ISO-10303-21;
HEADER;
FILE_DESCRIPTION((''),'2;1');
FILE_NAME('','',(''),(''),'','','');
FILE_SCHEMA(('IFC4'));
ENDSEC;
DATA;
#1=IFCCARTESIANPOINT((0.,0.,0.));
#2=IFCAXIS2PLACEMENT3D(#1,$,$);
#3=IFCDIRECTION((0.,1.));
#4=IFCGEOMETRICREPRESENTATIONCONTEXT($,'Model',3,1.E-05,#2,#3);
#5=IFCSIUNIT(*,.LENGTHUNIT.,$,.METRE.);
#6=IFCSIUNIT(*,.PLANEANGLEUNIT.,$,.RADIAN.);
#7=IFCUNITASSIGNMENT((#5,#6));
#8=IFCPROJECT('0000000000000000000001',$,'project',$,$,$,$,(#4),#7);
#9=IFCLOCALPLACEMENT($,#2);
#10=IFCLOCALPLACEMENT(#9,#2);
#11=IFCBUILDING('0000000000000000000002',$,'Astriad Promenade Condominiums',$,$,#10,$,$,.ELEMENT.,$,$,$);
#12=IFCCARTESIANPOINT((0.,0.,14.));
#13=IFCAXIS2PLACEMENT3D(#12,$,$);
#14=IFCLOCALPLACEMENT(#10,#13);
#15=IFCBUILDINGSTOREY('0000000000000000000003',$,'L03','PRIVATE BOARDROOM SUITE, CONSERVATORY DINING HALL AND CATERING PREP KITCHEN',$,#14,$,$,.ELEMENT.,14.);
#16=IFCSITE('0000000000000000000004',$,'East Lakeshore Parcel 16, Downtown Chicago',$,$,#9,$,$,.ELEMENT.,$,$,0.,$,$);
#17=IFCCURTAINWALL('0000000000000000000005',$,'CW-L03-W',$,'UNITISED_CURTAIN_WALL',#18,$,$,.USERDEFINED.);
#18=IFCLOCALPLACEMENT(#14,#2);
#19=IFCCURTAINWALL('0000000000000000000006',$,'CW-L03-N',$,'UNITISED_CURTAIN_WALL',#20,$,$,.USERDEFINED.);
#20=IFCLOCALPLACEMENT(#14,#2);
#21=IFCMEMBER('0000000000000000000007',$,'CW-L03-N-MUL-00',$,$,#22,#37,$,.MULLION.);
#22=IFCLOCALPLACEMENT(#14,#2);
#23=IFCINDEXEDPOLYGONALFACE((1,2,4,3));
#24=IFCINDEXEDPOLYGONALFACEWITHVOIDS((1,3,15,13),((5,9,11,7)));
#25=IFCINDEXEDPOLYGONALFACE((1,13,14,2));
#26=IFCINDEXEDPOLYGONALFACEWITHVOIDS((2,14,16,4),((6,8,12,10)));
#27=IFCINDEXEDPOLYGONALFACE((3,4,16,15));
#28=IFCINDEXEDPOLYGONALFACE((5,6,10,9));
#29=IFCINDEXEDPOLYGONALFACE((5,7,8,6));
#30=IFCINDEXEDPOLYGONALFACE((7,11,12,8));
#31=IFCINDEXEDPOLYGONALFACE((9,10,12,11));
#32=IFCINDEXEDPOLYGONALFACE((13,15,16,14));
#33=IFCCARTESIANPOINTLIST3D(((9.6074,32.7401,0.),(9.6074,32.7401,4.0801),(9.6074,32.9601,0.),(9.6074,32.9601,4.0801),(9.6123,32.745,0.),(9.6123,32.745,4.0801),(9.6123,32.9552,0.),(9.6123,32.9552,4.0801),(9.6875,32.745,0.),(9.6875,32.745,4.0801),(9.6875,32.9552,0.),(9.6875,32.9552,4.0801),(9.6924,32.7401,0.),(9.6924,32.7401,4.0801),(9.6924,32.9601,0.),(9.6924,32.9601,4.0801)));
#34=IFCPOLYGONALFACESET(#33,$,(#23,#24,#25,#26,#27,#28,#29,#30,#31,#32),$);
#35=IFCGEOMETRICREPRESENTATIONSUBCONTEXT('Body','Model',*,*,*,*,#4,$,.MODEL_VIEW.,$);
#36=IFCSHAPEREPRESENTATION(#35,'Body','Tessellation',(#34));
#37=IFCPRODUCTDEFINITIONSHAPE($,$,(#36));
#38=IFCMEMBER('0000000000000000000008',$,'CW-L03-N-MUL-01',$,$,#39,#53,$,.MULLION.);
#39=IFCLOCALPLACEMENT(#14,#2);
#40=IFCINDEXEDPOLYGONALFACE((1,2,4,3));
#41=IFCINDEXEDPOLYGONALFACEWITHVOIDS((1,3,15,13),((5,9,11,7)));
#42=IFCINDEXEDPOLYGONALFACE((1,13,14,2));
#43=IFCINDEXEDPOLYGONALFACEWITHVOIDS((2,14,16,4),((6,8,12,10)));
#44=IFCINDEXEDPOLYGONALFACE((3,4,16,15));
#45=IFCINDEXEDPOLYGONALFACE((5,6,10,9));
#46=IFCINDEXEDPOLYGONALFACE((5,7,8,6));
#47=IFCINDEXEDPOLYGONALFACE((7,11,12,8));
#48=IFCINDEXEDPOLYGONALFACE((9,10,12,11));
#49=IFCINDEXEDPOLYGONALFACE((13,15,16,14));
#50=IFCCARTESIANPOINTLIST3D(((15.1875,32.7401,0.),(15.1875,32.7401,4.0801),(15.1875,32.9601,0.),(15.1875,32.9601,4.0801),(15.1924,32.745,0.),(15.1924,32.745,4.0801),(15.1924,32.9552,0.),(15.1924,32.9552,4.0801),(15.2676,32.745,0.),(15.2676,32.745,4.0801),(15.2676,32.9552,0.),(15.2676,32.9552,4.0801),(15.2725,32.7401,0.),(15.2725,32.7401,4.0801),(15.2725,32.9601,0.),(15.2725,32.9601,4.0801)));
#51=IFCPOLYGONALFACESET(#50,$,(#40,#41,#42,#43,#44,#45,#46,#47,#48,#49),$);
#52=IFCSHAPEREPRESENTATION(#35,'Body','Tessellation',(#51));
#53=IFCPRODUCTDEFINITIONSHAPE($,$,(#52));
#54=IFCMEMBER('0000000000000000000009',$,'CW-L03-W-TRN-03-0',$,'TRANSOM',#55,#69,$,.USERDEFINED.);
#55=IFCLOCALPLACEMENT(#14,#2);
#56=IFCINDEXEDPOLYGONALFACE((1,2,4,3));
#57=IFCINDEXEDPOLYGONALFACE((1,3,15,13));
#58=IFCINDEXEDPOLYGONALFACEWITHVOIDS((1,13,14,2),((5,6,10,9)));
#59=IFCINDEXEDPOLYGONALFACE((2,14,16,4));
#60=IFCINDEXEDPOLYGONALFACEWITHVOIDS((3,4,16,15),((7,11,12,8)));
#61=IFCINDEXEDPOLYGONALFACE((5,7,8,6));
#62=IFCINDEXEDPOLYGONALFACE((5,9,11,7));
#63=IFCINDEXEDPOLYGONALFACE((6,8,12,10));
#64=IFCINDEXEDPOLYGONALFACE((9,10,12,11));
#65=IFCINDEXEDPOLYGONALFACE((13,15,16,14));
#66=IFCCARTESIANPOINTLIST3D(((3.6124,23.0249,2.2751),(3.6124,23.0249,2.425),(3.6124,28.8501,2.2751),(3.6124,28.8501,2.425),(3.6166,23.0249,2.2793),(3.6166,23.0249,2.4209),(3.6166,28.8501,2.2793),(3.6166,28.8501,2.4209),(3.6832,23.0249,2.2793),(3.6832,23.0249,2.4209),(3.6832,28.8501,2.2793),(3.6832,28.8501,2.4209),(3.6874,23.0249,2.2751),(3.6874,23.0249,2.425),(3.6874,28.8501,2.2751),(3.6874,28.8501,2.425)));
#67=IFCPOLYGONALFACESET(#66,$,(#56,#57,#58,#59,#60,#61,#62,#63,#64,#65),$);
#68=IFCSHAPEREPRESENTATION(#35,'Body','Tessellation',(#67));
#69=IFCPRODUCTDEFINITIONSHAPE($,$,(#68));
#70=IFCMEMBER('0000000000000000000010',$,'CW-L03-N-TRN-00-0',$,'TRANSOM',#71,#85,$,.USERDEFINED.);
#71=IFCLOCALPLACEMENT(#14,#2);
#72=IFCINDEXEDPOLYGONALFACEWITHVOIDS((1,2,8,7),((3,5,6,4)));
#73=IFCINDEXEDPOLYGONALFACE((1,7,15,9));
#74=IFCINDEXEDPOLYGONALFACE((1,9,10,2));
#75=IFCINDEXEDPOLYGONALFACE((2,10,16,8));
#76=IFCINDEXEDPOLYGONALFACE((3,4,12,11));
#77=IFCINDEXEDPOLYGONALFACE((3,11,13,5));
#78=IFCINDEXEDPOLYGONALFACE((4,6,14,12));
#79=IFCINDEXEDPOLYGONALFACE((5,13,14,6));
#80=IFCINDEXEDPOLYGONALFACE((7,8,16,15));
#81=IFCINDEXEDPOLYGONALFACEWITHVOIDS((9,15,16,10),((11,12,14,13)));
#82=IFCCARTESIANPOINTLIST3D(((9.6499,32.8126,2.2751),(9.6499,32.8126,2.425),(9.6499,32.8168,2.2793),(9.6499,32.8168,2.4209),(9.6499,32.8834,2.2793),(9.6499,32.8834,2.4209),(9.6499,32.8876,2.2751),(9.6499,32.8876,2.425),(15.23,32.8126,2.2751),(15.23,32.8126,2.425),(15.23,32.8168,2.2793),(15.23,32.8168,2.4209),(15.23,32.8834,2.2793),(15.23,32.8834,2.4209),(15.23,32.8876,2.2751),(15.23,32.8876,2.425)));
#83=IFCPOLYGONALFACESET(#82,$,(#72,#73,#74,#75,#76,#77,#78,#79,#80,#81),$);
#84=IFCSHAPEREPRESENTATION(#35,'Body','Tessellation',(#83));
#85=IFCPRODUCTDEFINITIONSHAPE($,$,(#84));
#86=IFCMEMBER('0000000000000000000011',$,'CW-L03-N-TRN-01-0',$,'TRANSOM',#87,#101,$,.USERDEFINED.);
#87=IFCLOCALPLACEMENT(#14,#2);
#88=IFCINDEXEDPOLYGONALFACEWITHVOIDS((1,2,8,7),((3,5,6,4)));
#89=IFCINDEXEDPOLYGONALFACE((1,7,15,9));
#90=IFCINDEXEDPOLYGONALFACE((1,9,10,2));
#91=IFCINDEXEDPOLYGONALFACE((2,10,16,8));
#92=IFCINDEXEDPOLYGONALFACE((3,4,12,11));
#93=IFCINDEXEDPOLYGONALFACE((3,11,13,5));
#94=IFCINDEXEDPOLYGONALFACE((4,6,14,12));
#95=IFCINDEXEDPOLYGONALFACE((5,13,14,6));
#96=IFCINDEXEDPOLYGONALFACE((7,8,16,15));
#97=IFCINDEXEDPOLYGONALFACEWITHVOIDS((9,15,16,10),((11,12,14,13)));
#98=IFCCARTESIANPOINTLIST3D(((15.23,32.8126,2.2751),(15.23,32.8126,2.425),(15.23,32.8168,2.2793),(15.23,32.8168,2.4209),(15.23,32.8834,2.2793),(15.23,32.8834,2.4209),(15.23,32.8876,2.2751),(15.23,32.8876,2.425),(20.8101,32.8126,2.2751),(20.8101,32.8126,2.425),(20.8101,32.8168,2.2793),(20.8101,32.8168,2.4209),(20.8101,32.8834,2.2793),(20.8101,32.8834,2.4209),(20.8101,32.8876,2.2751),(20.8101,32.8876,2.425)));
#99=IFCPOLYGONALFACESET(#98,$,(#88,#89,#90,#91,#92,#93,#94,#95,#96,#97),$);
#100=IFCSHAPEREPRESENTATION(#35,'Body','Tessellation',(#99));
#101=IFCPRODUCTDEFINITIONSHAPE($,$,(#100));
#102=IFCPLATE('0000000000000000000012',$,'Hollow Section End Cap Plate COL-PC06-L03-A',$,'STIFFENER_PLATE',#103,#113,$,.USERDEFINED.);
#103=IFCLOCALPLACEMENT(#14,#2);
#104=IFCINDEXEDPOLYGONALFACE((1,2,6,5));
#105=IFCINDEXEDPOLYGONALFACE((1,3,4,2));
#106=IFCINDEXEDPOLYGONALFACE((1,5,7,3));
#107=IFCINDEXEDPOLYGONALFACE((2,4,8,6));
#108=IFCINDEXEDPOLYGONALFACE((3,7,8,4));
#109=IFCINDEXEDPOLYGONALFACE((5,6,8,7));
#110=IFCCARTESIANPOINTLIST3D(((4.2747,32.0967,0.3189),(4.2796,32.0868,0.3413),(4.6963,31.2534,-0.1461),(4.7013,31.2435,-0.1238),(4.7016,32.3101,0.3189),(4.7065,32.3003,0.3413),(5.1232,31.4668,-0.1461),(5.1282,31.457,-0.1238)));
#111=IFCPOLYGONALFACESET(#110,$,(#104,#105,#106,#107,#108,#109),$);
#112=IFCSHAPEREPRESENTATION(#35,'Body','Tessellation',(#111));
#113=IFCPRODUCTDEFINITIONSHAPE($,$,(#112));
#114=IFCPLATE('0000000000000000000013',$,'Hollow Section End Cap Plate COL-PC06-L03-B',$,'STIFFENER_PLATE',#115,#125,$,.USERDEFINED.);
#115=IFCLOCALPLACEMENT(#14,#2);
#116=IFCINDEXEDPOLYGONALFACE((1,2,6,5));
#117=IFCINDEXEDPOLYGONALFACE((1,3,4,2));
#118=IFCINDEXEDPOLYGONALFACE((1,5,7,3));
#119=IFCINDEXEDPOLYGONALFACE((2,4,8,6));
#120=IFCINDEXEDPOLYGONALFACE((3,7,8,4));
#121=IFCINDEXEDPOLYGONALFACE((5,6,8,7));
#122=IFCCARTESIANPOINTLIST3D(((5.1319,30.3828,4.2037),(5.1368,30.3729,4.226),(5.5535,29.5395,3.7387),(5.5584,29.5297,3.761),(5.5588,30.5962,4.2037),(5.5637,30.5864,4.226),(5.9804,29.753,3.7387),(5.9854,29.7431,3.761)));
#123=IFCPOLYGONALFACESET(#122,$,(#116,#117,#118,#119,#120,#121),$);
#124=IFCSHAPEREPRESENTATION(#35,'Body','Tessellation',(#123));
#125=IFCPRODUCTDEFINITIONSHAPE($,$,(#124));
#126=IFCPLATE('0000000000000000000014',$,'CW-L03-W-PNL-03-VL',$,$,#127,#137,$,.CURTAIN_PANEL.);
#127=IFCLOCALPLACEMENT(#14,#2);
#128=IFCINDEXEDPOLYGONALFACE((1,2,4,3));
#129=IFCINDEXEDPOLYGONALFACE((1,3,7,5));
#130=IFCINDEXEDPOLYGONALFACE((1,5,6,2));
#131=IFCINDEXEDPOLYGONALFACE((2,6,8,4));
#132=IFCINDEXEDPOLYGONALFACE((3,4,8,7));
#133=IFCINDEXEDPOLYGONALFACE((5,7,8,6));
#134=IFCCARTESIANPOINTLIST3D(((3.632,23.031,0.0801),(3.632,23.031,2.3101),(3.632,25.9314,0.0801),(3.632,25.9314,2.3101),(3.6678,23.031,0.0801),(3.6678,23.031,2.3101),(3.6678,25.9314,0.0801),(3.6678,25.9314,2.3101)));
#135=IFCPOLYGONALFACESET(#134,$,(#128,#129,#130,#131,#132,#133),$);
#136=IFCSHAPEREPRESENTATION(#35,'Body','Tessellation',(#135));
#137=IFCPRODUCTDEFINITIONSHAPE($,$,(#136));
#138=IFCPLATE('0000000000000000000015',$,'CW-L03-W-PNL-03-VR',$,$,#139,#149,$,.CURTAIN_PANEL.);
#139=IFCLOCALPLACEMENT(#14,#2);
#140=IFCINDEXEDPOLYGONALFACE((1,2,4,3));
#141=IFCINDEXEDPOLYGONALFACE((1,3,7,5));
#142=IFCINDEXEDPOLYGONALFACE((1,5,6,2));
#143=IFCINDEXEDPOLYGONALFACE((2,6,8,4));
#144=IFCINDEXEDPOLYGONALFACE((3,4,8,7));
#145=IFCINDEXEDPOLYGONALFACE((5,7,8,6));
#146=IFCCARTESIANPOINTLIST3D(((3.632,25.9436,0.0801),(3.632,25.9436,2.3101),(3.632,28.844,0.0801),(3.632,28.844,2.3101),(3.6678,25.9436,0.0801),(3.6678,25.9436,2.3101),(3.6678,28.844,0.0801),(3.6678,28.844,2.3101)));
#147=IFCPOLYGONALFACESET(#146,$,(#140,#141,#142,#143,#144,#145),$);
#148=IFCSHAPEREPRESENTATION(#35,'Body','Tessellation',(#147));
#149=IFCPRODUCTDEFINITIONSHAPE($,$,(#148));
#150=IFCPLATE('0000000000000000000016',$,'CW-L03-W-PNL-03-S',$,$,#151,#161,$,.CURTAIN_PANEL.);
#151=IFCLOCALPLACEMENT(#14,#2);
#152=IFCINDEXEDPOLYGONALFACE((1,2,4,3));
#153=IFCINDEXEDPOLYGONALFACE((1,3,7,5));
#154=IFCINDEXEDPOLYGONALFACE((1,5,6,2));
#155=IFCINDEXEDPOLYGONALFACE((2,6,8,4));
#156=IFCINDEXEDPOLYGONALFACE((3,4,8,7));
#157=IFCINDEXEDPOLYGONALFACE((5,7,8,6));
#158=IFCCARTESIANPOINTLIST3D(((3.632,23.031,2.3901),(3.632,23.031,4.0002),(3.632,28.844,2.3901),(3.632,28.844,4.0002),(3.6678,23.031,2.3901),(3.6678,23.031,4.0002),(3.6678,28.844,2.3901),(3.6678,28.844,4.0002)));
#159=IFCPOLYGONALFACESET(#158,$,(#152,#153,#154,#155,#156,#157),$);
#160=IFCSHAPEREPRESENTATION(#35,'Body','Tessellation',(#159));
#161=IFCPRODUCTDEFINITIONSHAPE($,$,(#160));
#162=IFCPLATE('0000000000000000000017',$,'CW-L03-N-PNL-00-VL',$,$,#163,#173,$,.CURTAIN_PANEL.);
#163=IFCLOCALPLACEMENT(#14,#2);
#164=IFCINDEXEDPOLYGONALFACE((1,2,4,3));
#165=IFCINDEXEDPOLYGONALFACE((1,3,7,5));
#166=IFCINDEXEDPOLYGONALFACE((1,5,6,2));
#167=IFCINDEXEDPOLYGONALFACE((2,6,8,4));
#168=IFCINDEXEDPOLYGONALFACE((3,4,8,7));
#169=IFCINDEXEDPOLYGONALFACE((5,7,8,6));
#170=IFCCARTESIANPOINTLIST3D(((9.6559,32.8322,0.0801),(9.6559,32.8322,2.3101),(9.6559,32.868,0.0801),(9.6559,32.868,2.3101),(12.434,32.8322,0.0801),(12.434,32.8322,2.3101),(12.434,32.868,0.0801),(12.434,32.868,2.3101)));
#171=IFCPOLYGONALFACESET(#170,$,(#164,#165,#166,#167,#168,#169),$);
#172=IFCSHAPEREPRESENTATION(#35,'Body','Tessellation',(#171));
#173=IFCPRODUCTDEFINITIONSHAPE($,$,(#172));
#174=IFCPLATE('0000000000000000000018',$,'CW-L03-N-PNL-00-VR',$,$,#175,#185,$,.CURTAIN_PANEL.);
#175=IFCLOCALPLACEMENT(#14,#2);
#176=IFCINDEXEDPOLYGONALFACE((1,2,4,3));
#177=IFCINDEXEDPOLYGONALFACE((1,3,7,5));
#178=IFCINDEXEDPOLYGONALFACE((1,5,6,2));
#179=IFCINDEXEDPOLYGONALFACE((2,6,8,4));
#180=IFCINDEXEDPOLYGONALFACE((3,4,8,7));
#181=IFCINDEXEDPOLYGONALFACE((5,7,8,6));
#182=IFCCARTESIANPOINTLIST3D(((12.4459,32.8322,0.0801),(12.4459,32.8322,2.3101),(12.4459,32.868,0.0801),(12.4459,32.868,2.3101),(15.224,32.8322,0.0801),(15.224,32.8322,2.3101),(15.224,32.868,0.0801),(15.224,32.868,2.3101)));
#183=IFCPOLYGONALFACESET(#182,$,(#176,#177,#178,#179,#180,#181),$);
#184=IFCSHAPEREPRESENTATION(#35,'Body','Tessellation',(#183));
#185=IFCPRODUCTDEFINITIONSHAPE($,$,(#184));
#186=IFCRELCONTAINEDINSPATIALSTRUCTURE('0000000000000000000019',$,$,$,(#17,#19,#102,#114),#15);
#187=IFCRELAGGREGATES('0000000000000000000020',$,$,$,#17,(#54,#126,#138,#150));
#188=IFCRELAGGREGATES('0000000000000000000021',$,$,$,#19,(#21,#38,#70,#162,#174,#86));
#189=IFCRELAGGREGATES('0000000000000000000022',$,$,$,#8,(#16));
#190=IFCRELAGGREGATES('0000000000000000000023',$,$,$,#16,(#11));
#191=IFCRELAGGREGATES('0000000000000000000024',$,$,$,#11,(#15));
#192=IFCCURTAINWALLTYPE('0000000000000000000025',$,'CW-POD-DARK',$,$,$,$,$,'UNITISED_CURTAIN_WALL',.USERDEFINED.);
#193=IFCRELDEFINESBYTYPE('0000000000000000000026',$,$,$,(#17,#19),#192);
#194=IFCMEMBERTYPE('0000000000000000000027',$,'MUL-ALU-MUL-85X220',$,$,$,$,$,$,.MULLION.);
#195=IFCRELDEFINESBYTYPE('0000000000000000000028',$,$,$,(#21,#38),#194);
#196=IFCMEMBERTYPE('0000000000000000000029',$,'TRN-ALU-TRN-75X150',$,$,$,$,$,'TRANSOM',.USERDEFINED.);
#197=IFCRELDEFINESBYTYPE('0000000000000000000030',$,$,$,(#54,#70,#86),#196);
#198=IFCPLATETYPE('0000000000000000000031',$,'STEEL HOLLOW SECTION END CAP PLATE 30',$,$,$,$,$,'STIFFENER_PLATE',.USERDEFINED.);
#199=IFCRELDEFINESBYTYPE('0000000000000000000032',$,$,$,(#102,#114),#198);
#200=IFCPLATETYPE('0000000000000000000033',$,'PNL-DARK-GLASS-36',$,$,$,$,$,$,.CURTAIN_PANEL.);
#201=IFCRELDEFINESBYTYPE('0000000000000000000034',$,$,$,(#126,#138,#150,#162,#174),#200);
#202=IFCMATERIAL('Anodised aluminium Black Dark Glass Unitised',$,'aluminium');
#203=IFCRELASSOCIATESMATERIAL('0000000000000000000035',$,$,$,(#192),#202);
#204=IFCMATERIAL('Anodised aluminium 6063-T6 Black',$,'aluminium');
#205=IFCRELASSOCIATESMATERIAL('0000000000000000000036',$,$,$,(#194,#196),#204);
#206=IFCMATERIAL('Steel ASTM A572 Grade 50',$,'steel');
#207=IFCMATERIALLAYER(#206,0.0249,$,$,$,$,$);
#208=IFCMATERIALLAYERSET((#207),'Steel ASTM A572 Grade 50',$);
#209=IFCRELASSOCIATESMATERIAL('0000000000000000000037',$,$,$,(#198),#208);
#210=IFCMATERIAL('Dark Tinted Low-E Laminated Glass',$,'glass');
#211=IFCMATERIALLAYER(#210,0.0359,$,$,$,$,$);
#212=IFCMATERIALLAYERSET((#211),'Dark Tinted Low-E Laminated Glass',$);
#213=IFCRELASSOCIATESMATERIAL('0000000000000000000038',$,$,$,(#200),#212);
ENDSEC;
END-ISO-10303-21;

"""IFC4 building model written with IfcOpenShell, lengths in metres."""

from ifc_helpers import new_model, si_unit, direction, frame, origin, origin_2d, place, context, subcontext, project, spatial, rectangle, hollow_rectangle, extrude, source, transform, mapped, material, layer, layer_set, material_profile, profile_set, type_object, type_shapes, element, aggregate, save


model = new_model("IFC4")

# Units and contexts
model_context = context("Model", 3, precision=1e-05, world=origin(), true_north=direction((0.0, 1.0)))
body_context = subcontext(model_context, "Body", "Model", "MODEL_VIEW")
ifc_project = project(units=[si_unit("LENGTHUNIT", "METRE"), si_unit("PLANEANGLEUNIT", "RADIAN")], contexts=[model_context])

# Site, building, storey
site_placement = place(None, origin())
site = spatial("IfcSite", under=ifc_project, at=site_placement, Name="East Lakeshore Parcel 16, Downtown Chicago", CompositionType="ELEMENT", RefElevation=0.0)
building_placement = place(site_placement, origin())
building = spatial("IfcBuilding", under=site, at=building_placement, Name="Astriad Promenade Condominiums", CompositionType="ELEMENT")
storey_placement = place(building_placement, frame((0.0, 0.0, 14.0)))
storey = spatial("IfcBuildingStorey", under=building, at=storey_placement, Name="L03", Description="PRIVATE BOARDROOM SUITE, CONSERVATORY DINING HALL AND CATERING PREP KITCHEN", CompositionType="ELEMENT", Elevation=14.0)

# Curtain walls, members
ifc_material_1 = material(Name="Anodised aluminium Black Dark Glass Unitised", Category="aluminium")
curtain_wall_type = type_object("IfcCurtainWallType", Name="CW-POD-DARK", ElementType="UNITISED_CURTAIN_WALL", PredefinedType="USERDEFINED", material=ifc_material_1)
curtain_wall_1_placement = place(storey_placement, origin())
curtain_wall_1 = element("IfcCurtainWall", 1, at=curtain_wall_1_placement, inside=storey, type_object=curtain_wall_type, Name="CW-L03-W", ObjectType="UNITISED_CURTAIN_WALL", PredefinedType="USERDEFINED")
ifc_material_2 = material(Name="Anodised aluminium 6063-T6 Black", Category="aluminium")
ifc_material_profile_1 = material_profile(ifc_material_2, hollow_rectangle(XDim=0.085, YDim=0.22, WallThickness=0.0049, at=origin_2d()), Name="ALU-MUL-85X220")
ifc_profile_set_1 = profile_set([ifc_material_profile_1], Name="Anodised aluminium 6063-T6 Black")
member_type_1 = type_object("IfcMemberType", Name="MUL-ALU-MUL-85X220", PredefinedType="MULLION", material=ifc_profile_set_1)
shared_shape_1 = source(origin(), body_context, "Body", "SweptSolid", [
    extrude(hollow_rectangle(XDim=0.085, YDim=0.22, WallThickness=0.0049, at=origin_2d()), origin(), (0.0, 0.0, 1.0), 4.0801),
])
type_shapes(member_type_1, [shared_shape_1])
curtain_wall_2_placement = place(storey_placement, origin())
curtain_wall_2 = element("IfcCurtainWall", 2, at=curtain_wall_2_placement, inside=storey, type_object=curtain_wall_type, Name="CW-L03-N", ObjectType="UNITISED_CURTAIN_WALL", PredefinedType="USERDEFINED")
member_1_placement = place(storey_placement, frame((9.6499, 32.8501, 0.0), z_axis=(0.0, 0.0, 1.0), x_axis=(1.0, 0.0, 0.0)))
member_1 = element("IfcMember", 3, at=member_1_placement, type_object=member_type_1, Name="CW-L03-N-MUL-00", PredefinedType="MULLION", context=body_context, shape_type="MappedRepresentation", body=[
    mapped(shared_shape_1, transform((0.0, 0.0, 0.0), scale=1.0)),
])
member_2_placement = place(storey_placement, frame((15.23, 32.8501, 0.0), z_axis=(0.0, 0.0, 1.0), x_axis=(1.0, 0.0, 0.0)))
member_2 = element("IfcMember", 4, at=member_2_placement, type_object=member_type_1, Name="CW-L03-N-MUL-01", PredefinedType="MULLION", context=body_context, shape_type="MappedRepresentation", body=[
    mapped(shared_shape_1, transform((0.0, 0.0, 0.0), scale=1.0)),
])

# Members
ifc_material_profile_2 = material_profile(ifc_material_2, hollow_rectangle(XDim=0.075, YDim=0.1499, WallThickness=0.0042, at=origin_2d()), Name="ALU-TRN-75X150")
ifc_profile_set_2 = profile_set([ifc_material_profile_2], Name="Anodised aluminium 6063-T6 Black")
member_type_2 = type_object("IfcMemberType", Name="TRN-ALU-TRN-75X150", ElementType="TRANSOM", PredefinedType="USERDEFINED", material=ifc_profile_set_2)
shared_shape_2 = source(origin(), body_context, "Body", "SweptSolid", [
    extrude(hollow_rectangle(XDim=0.075, YDim=0.1499, WallThickness=0.0042, at=origin_2d()), origin(), (0.0, 0.0, 1.0), 5.8252),
])
member_3_placement = place(storey_placement, frame((3.6499, 23.0249, 2.3501), z_axis=(0.0, 1.0, 0.0), x_axis=(-1.0, 0.0, 0.0)))
member_3 = element("IfcMember", 5, at=member_3_placement, type_object=member_type_2, Name="CW-L03-W-TRN-03-0", ObjectType="TRANSOM", PredefinedType="USERDEFINED", context=body_context, shape_type="MappedRepresentation", body=[
    mapped(shared_shape_2, transform((0.0, 0.0, 0.0), scale=1.0)),
])
shared_shape_3 = source(origin(), body_context, "Body", "SweptSolid", [
    extrude(hollow_rectangle(XDim=0.075, YDim=0.1499, WallThickness=0.0042, at=origin_2d()), origin(), (0.0, 0.0, 1.0), 5.5801),
])
type_shapes(member_type_2, [shared_shape_2, shared_shape_3])
member_4_placement = place(storey_placement, frame((9.6499, 32.8501, 2.3501), z_axis=(1.0, 0.0, 0.0), x_axis=(0.0, 1.0, 0.0)))
member_4 = element("IfcMember", 6, at=member_4_placement, type_object=member_type_2, Name="CW-L03-N-TRN-00-0", ObjectType="TRANSOM", PredefinedType="USERDEFINED", context=body_context, shape_type="MappedRepresentation", body=[
    mapped(shared_shape_3, transform((0.0, 0.0, 0.0), scale=1.0)),
])
member_5_placement = place(storey_placement, frame((15.23, 32.8501, 2.3501), z_axis=(1.0, 0.0, 0.0), x_axis=(0.0, 1.0, 0.0)))
member_5 = element("IfcMember", 7, at=member_5_placement, type_object=member_type_2, Name="CW-L03-N-TRN-01-0", ObjectType="TRANSOM", PredefinedType="USERDEFINED", context=body_context, shape_type="MappedRepresentation", body=[
    mapped(shared_shape_3, transform((0.0, 0.0, 0.0), scale=1.0)),
])

# Plates
ifc_material_3 = material(Name="Steel ASTM A572 Grade 50", Category="steel")
ifc_layer_1 = layer(ifc_material_3, 0.0249)
ifc_layer_set_1 = layer_set([ifc_layer_1], Name="Steel ASTM A572 Grade 50")
plate_type_1 = type_object("IfcPlateType", Name="STEEL HOLLOW SECTION END CAP PLATE 30", ElementType="STIFFENER_PLATE", PredefinedType="USERDEFINED", material=ifc_layer_set_1)
shared_shape_4 = source(origin(), body_context, "Body", "SweptSolid", [
    extrude(rectangle(XDim=0.4773, YDim=1.0513, at=origin_2d()), origin(), (0.0, 0.0, 1.0), 0.0249),
])
type_shapes(plate_type_1, [shared_shape_4])
for number, where, z_axis, x_axis, name in (
    (8, (4.699, 31.7817, 0.0864), (0.197831, -0.395663, 0.896835), (0.894427, 0.447214, 0.0), "Hollow Section End Cap Plate COL-PC06-L03-A"),
    (9, (5.5562, 30.0679, 3.9712), (0.197831, -0.395663, 0.896835), (0.894427, 0.447214, 0.0), "Hollow Section End Cap Plate COL-PC06-L03-B"),
):
    element("IfcPlate", number, at=place(storey_placement, frame(where, z_axis=z_axis, x_axis=x_axis)), inside=storey, type_object=plate_type_1, Name=name, ObjectType="STIFFENER_PLATE", PredefinedType="USERDEFINED", context=body_context, shape_type="MappedRepresentation", body=[
        mapped(shared_shape_4, transform((0.0, 0.0, 0.0), scale=1.0)),
    ])

# Plates
ifc_material_4 = material(Name="Dark Tinted Low-E Laminated Glass", Category="glass")
ifc_layer_2 = layer(ifc_material_4, 0.0359)
ifc_layer_set_2 = layer_set([ifc_layer_2], Name="Dark Tinted Low-E Laminated Glass")
plate_type_2 = type_object("IfcPlateType", Name="PNL-DARK-GLASS-36", PredefinedType="CURTAIN_PANEL", material=ifc_layer_set_2)
shared_shape_5 = source(origin(), body_context, "Body", "SweptSolid", [
    extrude(rectangle(XDim=2.9004, YDim=0.0359, at=origin_2d()), origin(), (0.0, 0.0, 1.0), 2.23),
])
plate_1_placement = place(storey_placement, frame((3.6499, 24.4812, 0.0801), z_axis=(0.0, 0.0, 1.0), x_axis=(0.0, 1.0, 0.0)))
plate_1 = element("IfcPlate", 10, at=plate_1_placement, type_object=plate_type_2, Name="CW-L03-W-PNL-03-VL", PredefinedType="CURTAIN_PANEL", context=body_context, shape_type="MappedRepresentation", body=[
    mapped(shared_shape_5, transform((0.0, 0.0, 0.0), scale=1.0)),
])
plate_2_placement = place(storey_placement, frame((3.6499, 27.3938, 0.0801), z_axis=(0.0, 0.0, 1.0), x_axis=(0.0, 1.0, 0.0)))
plate_2 = element("IfcPlate", 11, at=plate_2_placement, type_object=plate_type_2, Name="CW-L03-W-PNL-03-VR", PredefinedType="CURTAIN_PANEL", context=body_context, shape_type="MappedRepresentation", body=[
    mapped(shared_shape_5, transform((0.0, 0.0, 0.0), scale=1.0)),
])
shared_shape_6 = source(origin(), body_context, "Body", "SweptSolid", [
    extrude(rectangle(XDim=5.813, YDim=0.0359, at=origin_2d()), origin(), (0.0, 0.0, 1.0), 1.6101),
])
plate_3_placement = place(storey_placement, frame((3.6499, 25.9375, 2.3901), z_axis=(0.0, 0.0, 1.0), x_axis=(0.0, 1.0, 0.0)))
plate_3 = element("IfcPlate", 12, at=plate_3_placement, type_object=plate_type_2, Name="CW-L03-W-PNL-03-S", PredefinedType="CURTAIN_PANEL", context=body_context, shape_type="MappedRepresentation", body=[
    mapped(shared_shape_6, transform((0.0, 0.0, 0.0), scale=1.0)),
])
aggregate(curtain_wall_1, [member_3, plate_1, plate_2, plate_3])
shared_shape_7 = source(origin(), body_context, "Body", "SweptSolid", [
    extrude(rectangle(XDim=2.7781, YDim=0.0359, at=origin_2d()), origin(), (0.0, 0.0, 1.0), 2.23),
])
plate_4_placement = place(storey_placement, frame((11.0449, 32.8501, 0.0801), z_axis=(0.0, 0.0, 1.0), x_axis=(1.0, 0.0, 0.0)))
plate_4 = element("IfcPlate", 13, at=plate_4_placement, type_object=plate_type_2, Name="CW-L03-N-PNL-00-VL", PredefinedType="CURTAIN_PANEL", context=body_context, shape_type="MappedRepresentation", body=[
    mapped(shared_shape_7, transform((0.0, 0.0, 0.0), scale=1.0)),
])
plate_5_placement = place(storey_placement, frame((13.835, 32.8501, 0.0801), z_axis=(0.0, 0.0, 1.0), x_axis=(1.0, 0.0, 0.0)))
plate_5 = element("IfcPlate", 14, at=plate_5_placement, type_object=plate_type_2, Name="CW-L03-N-PNL-00-VR", PredefinedType="CURTAIN_PANEL", context=body_context, shape_type="MappedRepresentation", body=[
    mapped(shared_shape_7, transform((0.0, 0.0, 0.0), scale=1.0)),
])
aggregate(curtain_wall_2, [member_1, member_2, member_4, plate_4, plate_5, member_5])

save(model, "model.ifc")
